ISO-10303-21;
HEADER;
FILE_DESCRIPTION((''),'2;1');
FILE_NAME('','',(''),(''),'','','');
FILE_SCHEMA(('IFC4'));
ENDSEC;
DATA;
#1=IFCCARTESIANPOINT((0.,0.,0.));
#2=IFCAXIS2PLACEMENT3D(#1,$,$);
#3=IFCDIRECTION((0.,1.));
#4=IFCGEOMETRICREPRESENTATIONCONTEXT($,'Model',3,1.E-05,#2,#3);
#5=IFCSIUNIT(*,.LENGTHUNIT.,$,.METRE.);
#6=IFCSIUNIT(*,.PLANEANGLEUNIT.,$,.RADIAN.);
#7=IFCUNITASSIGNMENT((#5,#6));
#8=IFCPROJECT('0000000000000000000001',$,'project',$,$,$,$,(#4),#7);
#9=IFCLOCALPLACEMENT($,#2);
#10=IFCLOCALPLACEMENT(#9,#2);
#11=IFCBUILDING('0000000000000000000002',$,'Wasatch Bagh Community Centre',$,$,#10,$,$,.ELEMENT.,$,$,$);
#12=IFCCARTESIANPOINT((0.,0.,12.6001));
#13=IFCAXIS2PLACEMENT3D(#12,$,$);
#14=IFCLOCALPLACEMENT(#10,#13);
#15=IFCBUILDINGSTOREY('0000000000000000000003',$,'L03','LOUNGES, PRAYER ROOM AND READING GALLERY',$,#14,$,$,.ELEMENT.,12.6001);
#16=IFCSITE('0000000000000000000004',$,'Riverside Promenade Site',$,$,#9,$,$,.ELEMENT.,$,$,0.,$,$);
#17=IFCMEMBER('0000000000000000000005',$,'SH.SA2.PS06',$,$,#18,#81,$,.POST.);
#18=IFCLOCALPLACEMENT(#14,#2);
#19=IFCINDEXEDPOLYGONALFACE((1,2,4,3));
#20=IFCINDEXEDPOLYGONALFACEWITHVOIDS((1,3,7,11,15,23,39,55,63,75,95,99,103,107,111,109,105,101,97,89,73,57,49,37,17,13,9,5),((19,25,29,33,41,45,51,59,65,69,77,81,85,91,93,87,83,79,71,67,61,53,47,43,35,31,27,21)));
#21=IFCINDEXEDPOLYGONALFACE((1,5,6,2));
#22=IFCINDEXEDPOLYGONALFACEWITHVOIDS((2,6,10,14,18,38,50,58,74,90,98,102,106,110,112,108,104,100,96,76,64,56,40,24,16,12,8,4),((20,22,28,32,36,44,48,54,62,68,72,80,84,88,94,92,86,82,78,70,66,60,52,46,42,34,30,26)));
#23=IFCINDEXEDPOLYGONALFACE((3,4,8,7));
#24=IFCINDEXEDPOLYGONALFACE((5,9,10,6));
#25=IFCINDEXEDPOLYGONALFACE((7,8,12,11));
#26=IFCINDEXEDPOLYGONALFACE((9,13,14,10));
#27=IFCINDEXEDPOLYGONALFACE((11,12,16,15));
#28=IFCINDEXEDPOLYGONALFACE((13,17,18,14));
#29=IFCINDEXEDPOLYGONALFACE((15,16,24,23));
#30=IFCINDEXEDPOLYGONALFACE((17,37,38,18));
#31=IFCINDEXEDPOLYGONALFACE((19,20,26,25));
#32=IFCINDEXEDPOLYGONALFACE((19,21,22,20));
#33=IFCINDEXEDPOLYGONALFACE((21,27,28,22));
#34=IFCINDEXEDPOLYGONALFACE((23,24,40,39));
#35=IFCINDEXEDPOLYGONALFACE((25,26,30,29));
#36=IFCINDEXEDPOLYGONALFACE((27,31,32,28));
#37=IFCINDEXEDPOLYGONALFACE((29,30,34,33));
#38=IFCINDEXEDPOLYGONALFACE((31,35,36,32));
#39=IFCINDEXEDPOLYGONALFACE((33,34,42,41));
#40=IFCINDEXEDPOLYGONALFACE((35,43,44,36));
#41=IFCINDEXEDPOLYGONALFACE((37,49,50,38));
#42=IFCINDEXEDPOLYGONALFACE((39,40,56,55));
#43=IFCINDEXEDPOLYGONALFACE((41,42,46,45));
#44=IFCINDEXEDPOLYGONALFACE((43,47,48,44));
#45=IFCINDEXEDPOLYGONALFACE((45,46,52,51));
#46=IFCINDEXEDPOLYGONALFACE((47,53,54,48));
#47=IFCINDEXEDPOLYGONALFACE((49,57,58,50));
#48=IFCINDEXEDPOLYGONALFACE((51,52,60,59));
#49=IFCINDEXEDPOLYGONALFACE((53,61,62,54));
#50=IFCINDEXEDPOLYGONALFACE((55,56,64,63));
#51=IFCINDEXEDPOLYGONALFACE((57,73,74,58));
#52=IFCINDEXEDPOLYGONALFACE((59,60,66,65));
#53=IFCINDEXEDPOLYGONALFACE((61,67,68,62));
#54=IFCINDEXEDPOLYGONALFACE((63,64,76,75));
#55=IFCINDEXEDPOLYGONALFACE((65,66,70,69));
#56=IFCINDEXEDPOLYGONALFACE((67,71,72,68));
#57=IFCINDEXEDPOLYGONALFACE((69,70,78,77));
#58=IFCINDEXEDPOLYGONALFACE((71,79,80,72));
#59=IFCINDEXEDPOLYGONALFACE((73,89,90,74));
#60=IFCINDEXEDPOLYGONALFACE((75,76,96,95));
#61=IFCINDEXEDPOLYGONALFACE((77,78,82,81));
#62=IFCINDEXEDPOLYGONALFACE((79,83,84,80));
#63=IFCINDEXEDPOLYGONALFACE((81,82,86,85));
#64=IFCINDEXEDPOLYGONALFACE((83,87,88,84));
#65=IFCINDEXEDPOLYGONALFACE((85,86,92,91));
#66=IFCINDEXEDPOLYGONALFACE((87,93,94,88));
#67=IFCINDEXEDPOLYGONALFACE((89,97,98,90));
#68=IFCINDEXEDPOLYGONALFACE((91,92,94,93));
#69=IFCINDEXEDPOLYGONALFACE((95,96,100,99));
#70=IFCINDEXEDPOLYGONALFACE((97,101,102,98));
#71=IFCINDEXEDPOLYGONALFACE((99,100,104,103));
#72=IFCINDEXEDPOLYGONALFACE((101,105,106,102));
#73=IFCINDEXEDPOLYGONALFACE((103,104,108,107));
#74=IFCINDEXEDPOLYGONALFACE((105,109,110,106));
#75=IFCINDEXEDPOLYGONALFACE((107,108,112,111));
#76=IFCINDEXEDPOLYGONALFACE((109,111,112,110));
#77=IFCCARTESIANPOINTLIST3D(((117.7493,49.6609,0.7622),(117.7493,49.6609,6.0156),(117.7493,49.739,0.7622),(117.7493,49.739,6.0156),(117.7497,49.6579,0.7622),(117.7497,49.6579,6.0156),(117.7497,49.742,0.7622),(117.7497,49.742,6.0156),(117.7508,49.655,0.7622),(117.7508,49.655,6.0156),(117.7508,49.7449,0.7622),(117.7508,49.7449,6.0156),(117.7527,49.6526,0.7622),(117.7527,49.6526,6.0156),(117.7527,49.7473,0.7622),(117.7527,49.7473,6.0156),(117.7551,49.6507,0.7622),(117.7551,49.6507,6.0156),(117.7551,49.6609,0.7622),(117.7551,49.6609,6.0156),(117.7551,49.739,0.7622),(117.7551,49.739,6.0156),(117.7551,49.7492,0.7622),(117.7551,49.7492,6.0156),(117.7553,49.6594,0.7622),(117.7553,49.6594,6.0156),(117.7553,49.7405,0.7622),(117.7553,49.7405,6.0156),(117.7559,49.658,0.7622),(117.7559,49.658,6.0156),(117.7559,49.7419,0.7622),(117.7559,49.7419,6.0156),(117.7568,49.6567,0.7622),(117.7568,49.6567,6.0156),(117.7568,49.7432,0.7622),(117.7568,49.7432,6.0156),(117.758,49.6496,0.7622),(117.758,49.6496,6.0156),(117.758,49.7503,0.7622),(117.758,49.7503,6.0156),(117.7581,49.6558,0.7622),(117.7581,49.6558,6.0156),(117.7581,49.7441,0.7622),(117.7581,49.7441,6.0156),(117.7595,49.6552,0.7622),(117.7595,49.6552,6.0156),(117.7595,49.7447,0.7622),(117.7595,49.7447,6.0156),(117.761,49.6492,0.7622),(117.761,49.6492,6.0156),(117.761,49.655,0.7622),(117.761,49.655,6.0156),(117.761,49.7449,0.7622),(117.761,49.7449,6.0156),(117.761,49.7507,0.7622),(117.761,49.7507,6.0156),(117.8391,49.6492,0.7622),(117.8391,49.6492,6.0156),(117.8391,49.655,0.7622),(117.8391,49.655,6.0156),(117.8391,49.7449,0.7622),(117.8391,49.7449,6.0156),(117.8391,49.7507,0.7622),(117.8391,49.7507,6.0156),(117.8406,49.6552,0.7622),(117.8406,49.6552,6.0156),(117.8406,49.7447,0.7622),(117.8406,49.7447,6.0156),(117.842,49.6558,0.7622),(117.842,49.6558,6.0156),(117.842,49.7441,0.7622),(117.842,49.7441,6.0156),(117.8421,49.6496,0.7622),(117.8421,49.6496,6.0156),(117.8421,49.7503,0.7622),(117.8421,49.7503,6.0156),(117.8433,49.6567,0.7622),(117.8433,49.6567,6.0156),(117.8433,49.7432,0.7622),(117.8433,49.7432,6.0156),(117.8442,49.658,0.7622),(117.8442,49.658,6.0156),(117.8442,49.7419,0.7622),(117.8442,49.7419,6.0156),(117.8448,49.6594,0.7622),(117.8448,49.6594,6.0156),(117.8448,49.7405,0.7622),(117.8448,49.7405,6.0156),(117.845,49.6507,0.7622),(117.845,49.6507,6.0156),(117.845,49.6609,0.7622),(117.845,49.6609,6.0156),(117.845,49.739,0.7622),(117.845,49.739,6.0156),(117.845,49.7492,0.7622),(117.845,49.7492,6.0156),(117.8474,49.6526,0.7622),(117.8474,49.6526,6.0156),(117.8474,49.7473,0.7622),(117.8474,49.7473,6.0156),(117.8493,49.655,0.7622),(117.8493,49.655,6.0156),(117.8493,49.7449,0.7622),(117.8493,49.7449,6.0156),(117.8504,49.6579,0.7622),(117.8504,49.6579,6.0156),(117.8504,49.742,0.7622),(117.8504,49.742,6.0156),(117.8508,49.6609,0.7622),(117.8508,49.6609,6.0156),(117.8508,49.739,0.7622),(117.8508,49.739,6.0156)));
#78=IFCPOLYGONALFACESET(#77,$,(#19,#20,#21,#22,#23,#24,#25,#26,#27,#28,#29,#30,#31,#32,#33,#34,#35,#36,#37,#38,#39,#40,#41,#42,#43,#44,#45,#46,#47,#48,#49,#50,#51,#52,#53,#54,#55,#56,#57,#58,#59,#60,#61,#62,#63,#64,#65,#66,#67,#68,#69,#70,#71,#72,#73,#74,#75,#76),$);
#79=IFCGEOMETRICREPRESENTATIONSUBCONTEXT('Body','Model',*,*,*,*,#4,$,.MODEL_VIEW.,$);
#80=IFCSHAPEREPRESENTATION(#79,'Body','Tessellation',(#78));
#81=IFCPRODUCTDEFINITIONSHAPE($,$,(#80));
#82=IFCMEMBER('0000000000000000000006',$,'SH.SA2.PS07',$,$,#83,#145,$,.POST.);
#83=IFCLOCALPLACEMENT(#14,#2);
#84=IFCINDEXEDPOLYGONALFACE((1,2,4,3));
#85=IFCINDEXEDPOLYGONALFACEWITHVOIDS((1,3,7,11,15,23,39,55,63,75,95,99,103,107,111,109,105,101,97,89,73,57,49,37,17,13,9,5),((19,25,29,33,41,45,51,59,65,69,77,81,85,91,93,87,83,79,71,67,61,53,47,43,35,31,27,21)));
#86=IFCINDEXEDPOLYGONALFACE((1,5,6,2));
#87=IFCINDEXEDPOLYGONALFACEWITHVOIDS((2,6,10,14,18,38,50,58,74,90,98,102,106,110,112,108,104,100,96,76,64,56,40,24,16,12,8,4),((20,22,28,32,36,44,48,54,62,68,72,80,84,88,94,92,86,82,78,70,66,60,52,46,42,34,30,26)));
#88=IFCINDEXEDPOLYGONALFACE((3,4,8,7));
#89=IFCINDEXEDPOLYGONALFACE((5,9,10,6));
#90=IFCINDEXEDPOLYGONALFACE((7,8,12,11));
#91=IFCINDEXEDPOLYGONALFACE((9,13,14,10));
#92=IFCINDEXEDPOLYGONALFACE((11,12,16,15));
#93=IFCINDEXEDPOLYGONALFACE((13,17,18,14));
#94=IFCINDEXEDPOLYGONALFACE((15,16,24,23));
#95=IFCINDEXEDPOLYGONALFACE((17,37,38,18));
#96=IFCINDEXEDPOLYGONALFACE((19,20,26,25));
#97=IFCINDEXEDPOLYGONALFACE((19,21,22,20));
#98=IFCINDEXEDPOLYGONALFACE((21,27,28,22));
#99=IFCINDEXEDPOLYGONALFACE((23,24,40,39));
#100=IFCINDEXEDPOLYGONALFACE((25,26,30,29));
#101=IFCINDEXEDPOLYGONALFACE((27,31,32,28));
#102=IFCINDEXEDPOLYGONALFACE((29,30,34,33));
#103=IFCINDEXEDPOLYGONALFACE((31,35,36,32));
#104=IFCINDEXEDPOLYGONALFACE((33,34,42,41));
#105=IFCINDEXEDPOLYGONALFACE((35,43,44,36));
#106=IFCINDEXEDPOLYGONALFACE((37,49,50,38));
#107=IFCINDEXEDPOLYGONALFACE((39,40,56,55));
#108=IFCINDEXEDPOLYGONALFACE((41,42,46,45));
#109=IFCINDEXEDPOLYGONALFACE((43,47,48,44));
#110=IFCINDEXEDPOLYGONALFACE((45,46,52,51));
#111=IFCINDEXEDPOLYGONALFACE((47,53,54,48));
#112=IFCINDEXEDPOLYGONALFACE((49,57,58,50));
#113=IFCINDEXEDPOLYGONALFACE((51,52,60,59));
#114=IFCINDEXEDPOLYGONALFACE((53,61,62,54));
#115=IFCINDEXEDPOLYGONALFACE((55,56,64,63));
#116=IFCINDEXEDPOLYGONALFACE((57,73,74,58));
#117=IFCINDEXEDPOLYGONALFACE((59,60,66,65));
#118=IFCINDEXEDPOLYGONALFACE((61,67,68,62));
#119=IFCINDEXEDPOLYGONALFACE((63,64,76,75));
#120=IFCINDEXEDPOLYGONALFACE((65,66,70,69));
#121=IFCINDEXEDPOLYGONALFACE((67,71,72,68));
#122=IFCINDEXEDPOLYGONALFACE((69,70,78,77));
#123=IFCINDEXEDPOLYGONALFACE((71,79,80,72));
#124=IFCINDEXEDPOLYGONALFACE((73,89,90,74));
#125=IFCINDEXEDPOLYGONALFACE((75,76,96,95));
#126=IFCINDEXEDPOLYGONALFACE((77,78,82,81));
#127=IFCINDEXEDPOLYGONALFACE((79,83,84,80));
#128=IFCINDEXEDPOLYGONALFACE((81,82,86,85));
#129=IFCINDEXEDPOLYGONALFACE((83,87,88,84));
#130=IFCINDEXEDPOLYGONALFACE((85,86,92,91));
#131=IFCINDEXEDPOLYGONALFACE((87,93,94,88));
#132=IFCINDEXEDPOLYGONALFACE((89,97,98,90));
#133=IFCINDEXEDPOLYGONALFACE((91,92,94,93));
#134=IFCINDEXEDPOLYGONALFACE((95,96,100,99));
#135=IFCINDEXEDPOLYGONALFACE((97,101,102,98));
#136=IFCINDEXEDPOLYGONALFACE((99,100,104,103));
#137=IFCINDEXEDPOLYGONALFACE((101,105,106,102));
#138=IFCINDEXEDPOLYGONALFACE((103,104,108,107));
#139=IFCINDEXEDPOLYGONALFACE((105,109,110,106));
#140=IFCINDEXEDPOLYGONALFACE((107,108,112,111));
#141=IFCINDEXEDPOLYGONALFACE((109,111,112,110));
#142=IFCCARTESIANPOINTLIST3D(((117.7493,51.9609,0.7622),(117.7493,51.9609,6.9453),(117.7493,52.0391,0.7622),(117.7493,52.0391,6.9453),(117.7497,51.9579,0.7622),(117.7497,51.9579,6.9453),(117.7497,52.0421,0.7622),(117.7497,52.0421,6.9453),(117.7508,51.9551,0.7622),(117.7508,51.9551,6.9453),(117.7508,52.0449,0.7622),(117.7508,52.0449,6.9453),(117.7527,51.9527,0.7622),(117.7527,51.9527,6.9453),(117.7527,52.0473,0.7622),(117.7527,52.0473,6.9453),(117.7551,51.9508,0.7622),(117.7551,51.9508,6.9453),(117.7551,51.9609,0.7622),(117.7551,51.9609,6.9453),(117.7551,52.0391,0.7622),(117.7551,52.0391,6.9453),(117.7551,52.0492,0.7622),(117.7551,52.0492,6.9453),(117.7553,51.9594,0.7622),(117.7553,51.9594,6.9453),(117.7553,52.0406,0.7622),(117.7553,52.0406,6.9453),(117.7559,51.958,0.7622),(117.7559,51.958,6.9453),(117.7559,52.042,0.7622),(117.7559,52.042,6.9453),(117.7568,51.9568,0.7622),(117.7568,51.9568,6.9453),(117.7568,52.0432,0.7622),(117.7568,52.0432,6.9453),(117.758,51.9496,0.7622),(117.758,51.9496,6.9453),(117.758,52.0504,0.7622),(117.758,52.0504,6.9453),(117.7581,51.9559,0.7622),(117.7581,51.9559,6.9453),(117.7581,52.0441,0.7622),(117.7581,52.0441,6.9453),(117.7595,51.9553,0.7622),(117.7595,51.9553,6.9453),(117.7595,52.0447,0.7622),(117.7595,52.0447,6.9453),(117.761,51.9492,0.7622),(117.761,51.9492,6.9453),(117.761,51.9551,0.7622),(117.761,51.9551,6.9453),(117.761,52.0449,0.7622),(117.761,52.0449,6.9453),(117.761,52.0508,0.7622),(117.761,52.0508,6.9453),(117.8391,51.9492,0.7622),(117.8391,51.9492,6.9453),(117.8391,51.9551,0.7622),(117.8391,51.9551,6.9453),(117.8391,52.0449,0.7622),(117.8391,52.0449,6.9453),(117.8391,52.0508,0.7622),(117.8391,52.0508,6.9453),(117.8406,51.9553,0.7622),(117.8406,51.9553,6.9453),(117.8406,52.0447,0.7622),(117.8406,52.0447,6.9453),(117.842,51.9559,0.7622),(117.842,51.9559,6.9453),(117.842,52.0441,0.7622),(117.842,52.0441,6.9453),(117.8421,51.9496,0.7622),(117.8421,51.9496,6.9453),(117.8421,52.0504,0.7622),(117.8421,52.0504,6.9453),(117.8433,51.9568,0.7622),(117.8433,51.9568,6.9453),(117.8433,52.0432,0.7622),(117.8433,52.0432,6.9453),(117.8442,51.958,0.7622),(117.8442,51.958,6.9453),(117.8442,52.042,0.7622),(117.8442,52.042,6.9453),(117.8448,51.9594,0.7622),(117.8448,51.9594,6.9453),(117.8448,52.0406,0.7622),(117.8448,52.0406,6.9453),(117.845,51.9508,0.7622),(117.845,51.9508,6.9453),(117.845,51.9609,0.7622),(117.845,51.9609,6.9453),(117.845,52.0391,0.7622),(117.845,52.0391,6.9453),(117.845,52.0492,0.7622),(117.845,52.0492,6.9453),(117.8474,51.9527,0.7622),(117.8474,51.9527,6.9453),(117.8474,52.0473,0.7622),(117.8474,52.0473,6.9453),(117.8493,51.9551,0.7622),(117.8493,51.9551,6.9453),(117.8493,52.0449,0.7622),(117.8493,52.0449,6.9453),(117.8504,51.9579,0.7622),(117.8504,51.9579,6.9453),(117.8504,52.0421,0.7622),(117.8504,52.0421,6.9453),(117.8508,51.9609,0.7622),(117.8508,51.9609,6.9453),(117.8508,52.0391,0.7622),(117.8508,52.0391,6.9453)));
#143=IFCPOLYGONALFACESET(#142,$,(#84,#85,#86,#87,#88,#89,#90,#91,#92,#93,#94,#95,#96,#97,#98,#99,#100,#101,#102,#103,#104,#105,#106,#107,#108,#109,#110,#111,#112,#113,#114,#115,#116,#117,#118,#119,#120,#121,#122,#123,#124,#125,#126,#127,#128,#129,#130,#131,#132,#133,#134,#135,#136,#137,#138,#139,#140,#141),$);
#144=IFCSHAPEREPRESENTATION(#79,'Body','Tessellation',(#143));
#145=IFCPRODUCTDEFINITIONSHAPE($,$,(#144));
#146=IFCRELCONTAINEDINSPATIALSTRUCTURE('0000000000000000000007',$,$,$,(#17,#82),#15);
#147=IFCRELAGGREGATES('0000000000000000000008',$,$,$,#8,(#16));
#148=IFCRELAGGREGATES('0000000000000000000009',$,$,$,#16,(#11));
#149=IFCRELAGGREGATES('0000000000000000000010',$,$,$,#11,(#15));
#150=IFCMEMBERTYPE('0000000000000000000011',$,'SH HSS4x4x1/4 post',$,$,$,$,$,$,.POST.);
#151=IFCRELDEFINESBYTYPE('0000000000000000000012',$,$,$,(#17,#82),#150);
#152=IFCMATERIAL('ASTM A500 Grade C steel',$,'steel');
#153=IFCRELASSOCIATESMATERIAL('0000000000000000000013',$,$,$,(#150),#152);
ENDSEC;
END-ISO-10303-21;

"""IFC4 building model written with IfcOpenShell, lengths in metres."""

from ifc_helpers import new_model, si_unit, direction, frame, origin, origin_2d, place, context, subcontext, project, spatial, hollow_rectangle, extrude, material, material_profile, profile_set, type_object, element, save


model = new_model("IFC4")

# Units and contexts
model_context = context("Model", 3, precision=1e-05, world=origin(), true_north=direction((0.0, 1.0)))
body_context = subcontext(model_context, "Body", "Model", "MODEL_VIEW")
ifc_project = project(units=[si_unit("LENGTHUNIT", "METRE"), si_unit("PLANEANGLEUNIT", "RADIAN")], contexts=[model_context])

# Site, building, storey
site_placement = place(None, origin())
site = spatial("IfcSite", under=ifc_project, at=site_placement, Name="Riverside Promenade Site", CompositionType="ELEMENT", RefElevation=0.0)
building_placement = place(site_placement, origin())
building = spatial("IfcBuilding", under=site, at=building_placement, Name="Wasatch Bagh Community Centre", CompositionType="ELEMENT")
storey_placement = place(building_placement, frame((0.0, 0.0, 12.6001)))
storey = spatial("IfcBuildingStorey", under=building, at=storey_placement, Name="L03", Description="LOUNGES, PRAYER ROOM AND READING GALLERY", CompositionType="ELEMENT", Elevation=12.6001)

# Members
ifc_material_1 = material(Name="ASTM A500 Grade C steel", Category="steel")
ifc_material_profile_1 = material_profile(ifc_material_1, hollow_rectangle(XDim=0.1016, YDim=0.1016, WallThickness=0.0059, InnerFilletRadius=0.0059, OuterFilletRadius=0.0117, at=origin_2d()), Name="HSS4x4x1/4")
ifc_profile_set_1 = profile_set([ifc_material_profile_1], Name="ASTM A500 Grade C steel")
member_type_1 = type_object("IfcMemberType", Name="SH HSS4x4x1/4 post", PredefinedType="POST", material=ifc_profile_set_1)
for number, where, z_axis, x_axis, name in (
    (1, (117.8, 49.7, 0.7622), (0.0, 0.0, 1.0), (1.0, 0.0, 0.0), "SH.SA2.PS06"),
):
    element("IfcMember", number, at=place(storey_placement, frame(where, z_axis=z_axis, x_axis=x_axis)), inside=storey, type_object=member_type_1, Name=name, PredefinedType="POST", context=body_context, shape_type="SweptSolid", body=[
        extrude(hollow_rectangle(XDim=0.1016, YDim=0.1016, WallThickness=0.0059, InnerFilletRadius=0.0059, OuterFilletRadius=0.0117, at=origin_2d()), origin(), (0.0, 0.0, 1.0), 5.2534),
    ])
member_1_placement = place(storey_placement, frame((117.8, 52.0, 0.7622), z_axis=(0.0, 0.0, 1.0), x_axis=(1.0, 0.0, 0.0)))
element("IfcMember", 2, at=member_1_placement, inside=storey, type_object=member_type_1, Name="SH.SA2.PS07", PredefinedType="POST", context=body_context, shape_type="SweptSolid", body=[
    extrude(hollow_rectangle(XDim=0.1016, YDim=0.1016, WallThickness=0.0059, InnerFilletRadius=0.0059, OuterFilletRadius=0.0117, at=origin_2d()), origin(), (0.0, 0.0, 1.0), 6.1831),
])

save(model, "model.ifc")
